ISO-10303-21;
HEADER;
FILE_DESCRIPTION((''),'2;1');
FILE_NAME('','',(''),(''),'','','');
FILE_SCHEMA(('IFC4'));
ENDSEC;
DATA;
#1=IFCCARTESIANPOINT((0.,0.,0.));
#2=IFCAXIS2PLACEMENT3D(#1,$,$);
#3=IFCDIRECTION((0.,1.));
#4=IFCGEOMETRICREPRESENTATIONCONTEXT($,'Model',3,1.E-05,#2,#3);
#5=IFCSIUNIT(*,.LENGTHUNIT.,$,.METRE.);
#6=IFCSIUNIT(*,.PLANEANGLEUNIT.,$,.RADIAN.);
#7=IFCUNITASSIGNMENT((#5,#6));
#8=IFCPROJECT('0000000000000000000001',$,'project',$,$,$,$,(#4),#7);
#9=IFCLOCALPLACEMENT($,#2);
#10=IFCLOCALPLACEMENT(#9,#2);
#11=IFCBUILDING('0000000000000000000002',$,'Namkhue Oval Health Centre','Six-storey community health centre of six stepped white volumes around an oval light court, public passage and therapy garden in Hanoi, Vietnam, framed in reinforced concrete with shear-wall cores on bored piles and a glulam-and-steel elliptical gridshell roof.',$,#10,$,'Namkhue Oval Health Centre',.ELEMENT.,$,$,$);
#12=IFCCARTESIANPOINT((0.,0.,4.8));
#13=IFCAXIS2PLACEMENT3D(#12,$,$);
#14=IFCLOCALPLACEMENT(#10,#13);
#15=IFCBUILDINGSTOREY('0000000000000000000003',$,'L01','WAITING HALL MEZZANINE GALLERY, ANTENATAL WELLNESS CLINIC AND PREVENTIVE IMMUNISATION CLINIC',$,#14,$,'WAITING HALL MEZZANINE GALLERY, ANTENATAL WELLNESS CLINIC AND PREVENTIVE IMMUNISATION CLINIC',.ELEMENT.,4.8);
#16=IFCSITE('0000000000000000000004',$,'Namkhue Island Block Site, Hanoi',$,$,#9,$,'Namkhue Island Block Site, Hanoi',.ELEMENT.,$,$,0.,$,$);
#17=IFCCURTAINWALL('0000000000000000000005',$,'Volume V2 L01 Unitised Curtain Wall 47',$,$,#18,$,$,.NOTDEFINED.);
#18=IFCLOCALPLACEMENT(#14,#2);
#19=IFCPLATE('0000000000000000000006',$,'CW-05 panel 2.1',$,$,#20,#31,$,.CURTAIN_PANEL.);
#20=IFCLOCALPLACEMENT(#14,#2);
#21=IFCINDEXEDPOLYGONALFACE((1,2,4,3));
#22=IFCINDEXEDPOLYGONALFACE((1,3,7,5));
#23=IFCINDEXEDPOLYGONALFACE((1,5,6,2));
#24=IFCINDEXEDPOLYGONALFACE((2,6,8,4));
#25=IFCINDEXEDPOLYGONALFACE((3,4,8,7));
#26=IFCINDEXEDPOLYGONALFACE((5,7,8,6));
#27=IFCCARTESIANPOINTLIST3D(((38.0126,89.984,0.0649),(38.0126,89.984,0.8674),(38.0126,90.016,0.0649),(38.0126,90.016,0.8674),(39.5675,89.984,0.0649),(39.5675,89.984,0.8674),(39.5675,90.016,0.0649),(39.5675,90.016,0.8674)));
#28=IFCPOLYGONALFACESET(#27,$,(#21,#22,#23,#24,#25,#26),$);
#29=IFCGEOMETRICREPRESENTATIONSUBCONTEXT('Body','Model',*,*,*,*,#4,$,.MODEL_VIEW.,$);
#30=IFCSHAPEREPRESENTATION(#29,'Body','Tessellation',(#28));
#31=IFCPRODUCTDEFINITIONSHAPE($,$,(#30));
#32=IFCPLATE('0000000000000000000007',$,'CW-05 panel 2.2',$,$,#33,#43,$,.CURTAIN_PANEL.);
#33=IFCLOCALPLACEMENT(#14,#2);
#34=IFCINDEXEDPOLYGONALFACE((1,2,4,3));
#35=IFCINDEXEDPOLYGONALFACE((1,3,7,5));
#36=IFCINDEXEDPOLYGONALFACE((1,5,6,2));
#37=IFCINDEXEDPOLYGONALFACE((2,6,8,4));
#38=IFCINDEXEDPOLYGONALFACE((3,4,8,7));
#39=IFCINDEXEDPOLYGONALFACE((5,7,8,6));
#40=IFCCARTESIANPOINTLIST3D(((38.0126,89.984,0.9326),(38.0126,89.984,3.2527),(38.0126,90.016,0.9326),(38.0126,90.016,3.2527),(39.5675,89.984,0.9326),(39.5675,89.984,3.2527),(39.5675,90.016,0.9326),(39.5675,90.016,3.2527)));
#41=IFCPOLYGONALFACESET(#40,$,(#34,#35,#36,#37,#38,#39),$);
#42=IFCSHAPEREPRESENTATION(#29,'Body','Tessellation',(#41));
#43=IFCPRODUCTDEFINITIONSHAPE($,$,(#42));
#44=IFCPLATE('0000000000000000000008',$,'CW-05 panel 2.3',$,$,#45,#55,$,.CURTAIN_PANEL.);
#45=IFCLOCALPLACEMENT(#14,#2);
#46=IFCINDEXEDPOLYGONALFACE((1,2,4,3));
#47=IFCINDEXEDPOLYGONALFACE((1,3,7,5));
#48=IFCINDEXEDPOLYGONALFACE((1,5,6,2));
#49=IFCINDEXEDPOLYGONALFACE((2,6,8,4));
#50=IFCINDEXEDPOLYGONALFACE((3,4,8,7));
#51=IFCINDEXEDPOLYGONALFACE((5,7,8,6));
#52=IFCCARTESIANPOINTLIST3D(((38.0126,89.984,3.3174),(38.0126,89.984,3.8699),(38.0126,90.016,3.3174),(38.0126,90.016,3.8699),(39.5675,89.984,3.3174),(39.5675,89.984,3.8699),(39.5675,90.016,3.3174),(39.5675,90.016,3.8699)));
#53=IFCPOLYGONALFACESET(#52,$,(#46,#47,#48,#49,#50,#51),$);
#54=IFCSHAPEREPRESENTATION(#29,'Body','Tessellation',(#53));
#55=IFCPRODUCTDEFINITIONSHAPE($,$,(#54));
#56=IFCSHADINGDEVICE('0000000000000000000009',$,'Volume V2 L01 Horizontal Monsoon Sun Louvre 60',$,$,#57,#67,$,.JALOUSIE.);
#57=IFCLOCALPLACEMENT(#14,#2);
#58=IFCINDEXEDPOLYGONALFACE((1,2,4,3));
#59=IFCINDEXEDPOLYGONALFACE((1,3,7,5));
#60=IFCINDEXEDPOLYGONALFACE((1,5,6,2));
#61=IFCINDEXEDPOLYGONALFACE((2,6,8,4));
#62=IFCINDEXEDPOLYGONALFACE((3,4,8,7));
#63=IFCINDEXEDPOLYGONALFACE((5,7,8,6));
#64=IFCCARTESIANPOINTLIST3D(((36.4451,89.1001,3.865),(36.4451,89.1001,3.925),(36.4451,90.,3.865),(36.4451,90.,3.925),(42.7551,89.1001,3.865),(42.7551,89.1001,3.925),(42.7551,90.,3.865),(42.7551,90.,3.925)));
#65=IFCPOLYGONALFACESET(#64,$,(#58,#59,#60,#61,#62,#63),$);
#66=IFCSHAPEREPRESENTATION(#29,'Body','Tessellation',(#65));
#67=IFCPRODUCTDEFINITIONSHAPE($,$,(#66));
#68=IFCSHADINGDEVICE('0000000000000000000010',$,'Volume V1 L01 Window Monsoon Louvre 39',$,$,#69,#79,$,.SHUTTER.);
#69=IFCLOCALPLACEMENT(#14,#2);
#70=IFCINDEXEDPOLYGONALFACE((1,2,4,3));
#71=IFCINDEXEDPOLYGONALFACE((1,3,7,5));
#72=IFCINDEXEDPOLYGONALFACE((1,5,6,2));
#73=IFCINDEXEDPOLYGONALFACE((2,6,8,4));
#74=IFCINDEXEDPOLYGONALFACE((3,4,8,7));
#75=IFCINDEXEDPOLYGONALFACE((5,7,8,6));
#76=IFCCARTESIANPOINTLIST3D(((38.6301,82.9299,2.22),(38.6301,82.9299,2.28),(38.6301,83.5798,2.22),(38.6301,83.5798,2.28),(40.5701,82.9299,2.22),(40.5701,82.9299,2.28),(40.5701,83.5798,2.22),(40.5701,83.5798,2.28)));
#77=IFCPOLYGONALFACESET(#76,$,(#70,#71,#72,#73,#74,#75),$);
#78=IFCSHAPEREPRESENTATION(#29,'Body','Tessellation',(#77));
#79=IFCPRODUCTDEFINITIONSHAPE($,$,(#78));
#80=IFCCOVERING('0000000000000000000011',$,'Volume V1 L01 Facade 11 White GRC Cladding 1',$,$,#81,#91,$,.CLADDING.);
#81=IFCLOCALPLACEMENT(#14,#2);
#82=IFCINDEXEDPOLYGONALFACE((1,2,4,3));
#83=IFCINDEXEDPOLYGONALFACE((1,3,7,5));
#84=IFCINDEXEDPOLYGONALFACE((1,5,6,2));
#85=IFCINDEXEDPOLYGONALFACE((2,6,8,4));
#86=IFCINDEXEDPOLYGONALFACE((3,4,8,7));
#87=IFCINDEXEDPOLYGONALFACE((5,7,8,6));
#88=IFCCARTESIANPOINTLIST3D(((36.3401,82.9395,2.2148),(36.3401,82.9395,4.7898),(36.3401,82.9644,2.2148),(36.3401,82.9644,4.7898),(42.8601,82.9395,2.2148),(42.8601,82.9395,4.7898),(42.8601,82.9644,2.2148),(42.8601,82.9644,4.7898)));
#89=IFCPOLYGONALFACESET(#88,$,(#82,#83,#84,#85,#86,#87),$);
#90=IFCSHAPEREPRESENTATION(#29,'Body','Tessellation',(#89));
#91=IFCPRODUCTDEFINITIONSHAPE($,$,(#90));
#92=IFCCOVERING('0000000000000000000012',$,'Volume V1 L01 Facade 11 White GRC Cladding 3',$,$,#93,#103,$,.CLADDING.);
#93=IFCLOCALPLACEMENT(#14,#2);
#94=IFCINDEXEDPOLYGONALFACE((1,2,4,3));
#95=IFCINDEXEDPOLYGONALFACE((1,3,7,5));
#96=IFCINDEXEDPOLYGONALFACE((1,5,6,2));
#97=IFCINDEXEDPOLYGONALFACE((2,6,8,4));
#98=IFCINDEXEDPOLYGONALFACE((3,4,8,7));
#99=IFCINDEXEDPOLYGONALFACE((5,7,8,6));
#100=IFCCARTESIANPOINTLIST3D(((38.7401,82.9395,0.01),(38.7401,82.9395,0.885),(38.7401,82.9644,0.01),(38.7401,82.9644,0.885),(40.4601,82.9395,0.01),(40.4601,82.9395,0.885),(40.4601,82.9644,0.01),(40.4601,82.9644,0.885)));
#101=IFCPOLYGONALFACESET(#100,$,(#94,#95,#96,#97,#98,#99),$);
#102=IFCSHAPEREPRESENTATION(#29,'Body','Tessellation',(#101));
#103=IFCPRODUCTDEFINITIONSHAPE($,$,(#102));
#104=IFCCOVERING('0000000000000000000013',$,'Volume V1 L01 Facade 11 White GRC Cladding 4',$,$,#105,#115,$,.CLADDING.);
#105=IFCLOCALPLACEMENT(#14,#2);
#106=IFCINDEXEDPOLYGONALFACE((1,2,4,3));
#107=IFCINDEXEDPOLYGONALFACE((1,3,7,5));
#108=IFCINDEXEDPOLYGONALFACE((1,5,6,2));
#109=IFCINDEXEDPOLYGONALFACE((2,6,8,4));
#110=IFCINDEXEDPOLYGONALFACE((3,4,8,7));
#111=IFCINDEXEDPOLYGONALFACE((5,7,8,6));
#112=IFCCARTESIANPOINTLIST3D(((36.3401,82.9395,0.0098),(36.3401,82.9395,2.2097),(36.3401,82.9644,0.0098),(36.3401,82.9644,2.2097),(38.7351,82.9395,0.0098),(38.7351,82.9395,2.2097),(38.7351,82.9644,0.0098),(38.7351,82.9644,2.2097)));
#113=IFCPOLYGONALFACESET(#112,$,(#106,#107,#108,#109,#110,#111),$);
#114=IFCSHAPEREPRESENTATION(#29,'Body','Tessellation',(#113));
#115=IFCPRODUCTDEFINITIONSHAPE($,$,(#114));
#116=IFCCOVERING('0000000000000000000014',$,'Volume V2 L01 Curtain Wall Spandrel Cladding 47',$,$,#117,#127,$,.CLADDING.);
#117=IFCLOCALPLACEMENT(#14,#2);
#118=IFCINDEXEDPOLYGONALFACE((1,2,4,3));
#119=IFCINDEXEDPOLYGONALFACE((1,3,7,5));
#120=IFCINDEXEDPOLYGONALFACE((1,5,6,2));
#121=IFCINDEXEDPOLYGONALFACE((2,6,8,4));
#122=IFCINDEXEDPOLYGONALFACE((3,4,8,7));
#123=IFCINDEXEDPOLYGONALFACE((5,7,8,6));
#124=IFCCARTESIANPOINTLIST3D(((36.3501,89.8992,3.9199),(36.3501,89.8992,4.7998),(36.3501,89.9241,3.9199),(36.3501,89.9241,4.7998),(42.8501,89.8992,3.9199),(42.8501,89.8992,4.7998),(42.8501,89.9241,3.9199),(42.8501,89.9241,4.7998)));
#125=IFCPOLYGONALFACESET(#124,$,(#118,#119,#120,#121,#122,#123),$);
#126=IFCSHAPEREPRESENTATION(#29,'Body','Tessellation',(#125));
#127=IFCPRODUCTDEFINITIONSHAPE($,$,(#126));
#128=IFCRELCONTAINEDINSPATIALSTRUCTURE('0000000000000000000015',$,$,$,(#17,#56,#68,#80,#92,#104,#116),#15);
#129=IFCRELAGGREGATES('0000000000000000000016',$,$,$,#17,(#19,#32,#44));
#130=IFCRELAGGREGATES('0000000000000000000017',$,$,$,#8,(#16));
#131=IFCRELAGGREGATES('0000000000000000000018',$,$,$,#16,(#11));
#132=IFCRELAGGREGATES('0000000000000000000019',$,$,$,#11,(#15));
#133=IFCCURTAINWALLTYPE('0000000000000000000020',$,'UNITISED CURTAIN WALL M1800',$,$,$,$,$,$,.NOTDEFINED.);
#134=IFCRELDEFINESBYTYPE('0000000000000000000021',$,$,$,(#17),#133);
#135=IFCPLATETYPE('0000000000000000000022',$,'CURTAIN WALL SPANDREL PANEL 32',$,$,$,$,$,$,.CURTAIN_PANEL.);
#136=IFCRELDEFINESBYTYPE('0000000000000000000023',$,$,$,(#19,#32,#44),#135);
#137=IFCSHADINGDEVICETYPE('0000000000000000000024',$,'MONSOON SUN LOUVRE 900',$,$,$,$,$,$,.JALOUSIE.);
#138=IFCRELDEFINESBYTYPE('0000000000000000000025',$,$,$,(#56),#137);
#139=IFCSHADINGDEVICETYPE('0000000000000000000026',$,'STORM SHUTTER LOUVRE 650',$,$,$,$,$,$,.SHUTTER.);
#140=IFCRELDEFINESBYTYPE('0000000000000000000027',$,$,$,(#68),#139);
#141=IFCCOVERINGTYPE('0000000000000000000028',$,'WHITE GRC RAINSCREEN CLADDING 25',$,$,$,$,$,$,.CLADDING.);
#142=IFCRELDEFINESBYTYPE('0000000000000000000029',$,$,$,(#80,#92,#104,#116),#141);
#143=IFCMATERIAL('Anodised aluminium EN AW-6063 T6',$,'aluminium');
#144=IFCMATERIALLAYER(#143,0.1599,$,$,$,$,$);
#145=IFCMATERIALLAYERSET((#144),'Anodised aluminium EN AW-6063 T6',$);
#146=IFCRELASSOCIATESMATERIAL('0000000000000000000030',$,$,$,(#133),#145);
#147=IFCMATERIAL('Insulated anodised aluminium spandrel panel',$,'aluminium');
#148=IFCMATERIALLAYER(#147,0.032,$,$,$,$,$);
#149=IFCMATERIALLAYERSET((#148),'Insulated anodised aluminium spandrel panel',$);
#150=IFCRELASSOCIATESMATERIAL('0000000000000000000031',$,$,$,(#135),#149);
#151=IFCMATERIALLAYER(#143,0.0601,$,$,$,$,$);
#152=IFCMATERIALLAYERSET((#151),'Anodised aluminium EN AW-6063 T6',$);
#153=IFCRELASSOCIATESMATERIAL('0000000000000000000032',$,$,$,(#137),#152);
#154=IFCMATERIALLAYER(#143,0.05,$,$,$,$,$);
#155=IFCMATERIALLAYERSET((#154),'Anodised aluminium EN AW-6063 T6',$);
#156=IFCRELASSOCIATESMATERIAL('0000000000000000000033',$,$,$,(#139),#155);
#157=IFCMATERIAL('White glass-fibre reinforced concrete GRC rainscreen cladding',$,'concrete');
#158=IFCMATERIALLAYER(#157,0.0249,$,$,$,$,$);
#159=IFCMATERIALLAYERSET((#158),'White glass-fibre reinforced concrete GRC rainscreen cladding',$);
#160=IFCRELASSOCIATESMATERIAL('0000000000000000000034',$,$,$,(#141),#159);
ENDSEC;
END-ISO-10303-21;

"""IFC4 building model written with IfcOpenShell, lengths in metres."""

from ifc_helpers import new_model, si_unit, direction, frame, origin, origin_2d, place, context, subcontext, project, spatial, rectangle, extrude, material, layer, layer_set, type_object, element, aggregate, save


model = new_model("IFC4")

# Units and contexts
model_context = context("Model", 3, precision=1e-05, world=origin(), true_north=direction((0.0, 1.0)))
body_context = subcontext(model_context, "Body", "Model", "MODEL_VIEW")
ifc_project = project(units=[si_unit("LENGTHUNIT", "METRE"), si_unit("PLANEANGLEUNIT", "RADIAN")], contexts=[model_context])

# Site, building, storey
site_placement = place(None, origin())
site = spatial("IfcSite", under=ifc_project, at=site_placement, Name="Namkhue Island Block Site, Hanoi", LongName="Namkhue Island Block Site, Hanoi", CompositionType="ELEMENT", RefElevation=0.0)
building_placement = place(site_placement, origin())
building = spatial("IfcBuilding", under=site, at=building_placement, Name="Namkhue Oval Health Centre", Description="Six-storey community health centre of six stepped white volumes around an oval light court, public passage and therapy garden in Hanoi, Vietnam, framed in reinforced concrete with shear-wall cores on bored piles and a glulam-and-steel elliptical gridshell roof.", LongName="Namkhue Oval Health Centre", CompositionType="ELEMENT")
storey_placement = place(building_placement, frame((0.0, 0.0, 4.8)))
storey = spatial("IfcBuildingStorey", under=building, at=storey_placement, Name="L01", Description="WAITING HALL MEZZANINE GALLERY, ANTENATAL WELLNESS CLINIC AND PREVENTIVE IMMUNISATION CLINIC", LongName="WAITING HALL MEZZANINE GALLERY, ANTENATAL WELLNESS CLINIC AND PREVENTIVE IMMUNISATION CLINIC", CompositionType="ELEMENT", Elevation=4.8)

# Curtain wall, plates
ifc_material_1 = material(Name="Anodised aluminium EN AW-6063 T6", Category="aluminium")
ifc_layer_1 = layer(ifc_material_1, 0.1599)
ifc_layer_set_1 = layer_set([ifc_layer_1], Name="Anodised aluminium EN AW-6063 T6")
curtain_wall_type = type_object("IfcCurtainWallType", Name="UNITISED CURTAIN WALL M1800", PredefinedType="NOTDEFINED", material=ifc_layer_set_1)
curtain_wall_placement = place(storey_placement, origin())
curtain_wall = element("IfcCurtainWall", 1, at=curtain_wall_placement, inside=storey, type_object=curtain_wall_type, Name="Volume V2 L01 Unitised Curtain Wall 47", PredefinedType="NOTDEFINED")
ifc_material_2 = material(Name="Insulated anodised aluminium spandrel panel", Category="aluminium")
ifc_layer_2 = layer(ifc_material_2, 0.032)
ifc_layer_set_2 = layer_set([ifc_layer_2], Name="Insulated anodised aluminium spandrel panel")
plate_type = type_object("IfcPlateType", Name="CURTAIN WALL SPANDREL PANEL 32", PredefinedType="CURTAIN_PANEL", material=ifc_layer_set_2)
plate_1_placement = place(storey_placement, frame((38.79, 90.0, 0.0649), z_axis=(0.0, 0.0, 1.0), x_axis=(1.0, 0.0, 0.0)))
plate_1 = element("IfcPlate", 2, at=plate_1_placement, type_object=plate_type, Name="CW-05 panel 2.1", PredefinedType="CURTAIN_PANEL", context=body_context, shape_type="SweptSolid", body=[
    extrude(rectangle(XDim=1.5549, YDim=0.032, at=origin_2d()), origin(), (0.0, 0.0, 1.0), 0.8025),
])
plate_2_placement = place(storey_placement, frame((38.79, 90.0, 0.9326), z_axis=(0.0, 0.0, 1.0), x_axis=(1.0, 0.0, 0.0)))
plate_2 = element("IfcPlate", 3, at=plate_2_placement, type_object=plate_type, Name="CW-05 panel 2.2", PredefinedType="CURTAIN_PANEL", context=body_context, shape_type="SweptSolid", body=[
    extrude(rectangle(XDim=1.5549, YDim=0.032, at=origin_2d()), origin(), (0.0, 0.0, 1.0), 2.3201),
])
plate_3_placement = place(storey_placement, frame((38.79, 90.0, 3.3174), z_axis=(0.0, 0.0, 1.0), x_axis=(1.0, 0.0, 0.0)))
plate_3 = element("IfcPlate", 4, at=plate_3_placement, type_object=plate_type, Name="CW-05 panel 2.3", PredefinedType="CURTAIN_PANEL", context=body_context, shape_type="SweptSolid", body=[
    extrude(rectangle(XDim=1.5549, YDim=0.032, at=origin_2d()), origin(), (0.0, 0.0, 1.0), 0.5525),
])
aggregate(curtain_wall, [plate_1, plate_2, plate_3])

# Shading devices
ifc_layer_3 = layer(ifc_material_1, 0.0601)
ifc_layer_set_3 = layer_set([ifc_layer_3], Name="Anodised aluminium EN AW-6063 T6")
shading_device_type_1 = type_object("IfcShadingDeviceType", Name="MONSOON SUN LOUVRE 900", PredefinedType="JALOUSIE", material=ifc_layer_set_3)
shading_device_1_placement = place(storey_placement, frame((39.6001, 89.55, 3.865), z_axis=(0.0, 0.0, 1.0), x_axis=(1.0, 0.0, 0.0)))
element("IfcShadingDevice", 5, at=shading_device_1_placement, inside=storey, type_object=shading_device_type_1, Name="Volume V2 L01 Horizontal Monsoon Sun Louvre 60", PredefinedType="JALOUSIE", context=body_context, shape_type="SweptSolid", body=[
    extrude(rectangle(XDim=6.3101, YDim=0.8999, at=origin_2d()), origin(), (0.0, 0.0, 1.0), 0.0601),
])
ifc_layer_4 = layer(ifc_material_1, 0.05)
ifc_layer_set_4 = layer_set([ifc_layer_4], Name="Anodised aluminium EN AW-6063 T6")
shading_device_type_2 = type_object("IfcShadingDeviceType", Name="STORM SHUTTER LOUVRE 650", PredefinedType="SHUTTER", material=ifc_layer_set_4)
shading_device_2_placement = place(storey_placement, frame((39.6001, 83.2549, 2.22), z_axis=(0.0, 0.0, 1.0), x_axis=(-1.0, 0.0, 0.0)))
element("IfcShadingDevice", 6, at=shading_device_2_placement, inside=storey, type_object=shading_device_type_2, Name="Volume V1 L01 Window Monsoon Louvre 39", PredefinedType="SHUTTER", context=body_context, shape_type="SweptSolid", body=[
    extrude(rectangle(XDim=1.9399, YDim=0.6499, at=origin_2d()), origin(), (0.0, 0.0, 1.0), 0.0601),
])

# Coverings
ifc_material_3 = material(Name="White glass-fibre reinforced concrete GRC rainscreen cladding", Category="concrete")
ifc_layer_5 = layer(ifc_material_3, 0.0249)
ifc_layer_set_5 = layer_set([ifc_layer_5], Name="White glass-fibre reinforced concrete GRC rainscreen cladding")
covering_type = type_object("IfcCoveringType", Name="WHITE GRC RAINSCREEN CLADDING 25", PredefinedType="CLADDING", material=ifc_layer_set_5)
covering_1_placement = place(storey_placement, frame((39.6001, 82.9519, 2.2148), z_axis=(0.0, 0.0, 1.0), x_axis=(-1.0, 0.0, 0.0)))
element("IfcCovering", 7, at=covering_1_placement, inside=storey, type_object=covering_type, Name="Volume V1 L01 Facade 11 White GRC Cladding 1", PredefinedType="CLADDING", context=body_context, shape_type="SweptSolid", body=[
    extrude(rectangle(XDim=6.52, YDim=0.0249, at=origin_2d()), origin(), (0.0, 0.0, 1.0), 2.575),
])
covering_2_placement = place(storey_placement, frame((39.6001, 82.9519, 0.01), z_axis=(0.0, 0.0, 1.0), x_axis=(-1.0, 0.0, 0.0)))
element("IfcCovering", 8, at=covering_2_placement, inside=storey, type_object=covering_type, Name="Volume V1 L01 Facade 11 White GRC Cladding 3", PredefinedType="CLADDING", context=body_context, shape_type="SweptSolid", body=[
    extrude(rectangle(XDim=1.72, YDim=0.0249, at=origin_2d()), origin(), (0.0, 0.0, 1.0), 0.875),
])
covering_3_placement = place(storey_placement, frame((37.5376, 82.9519, 0.0098), z_axis=(0.0, 0.0, 1.0), x_axis=(-1.0, 0.0, 0.0)))
element("IfcCovering", 9, at=covering_3_placement, inside=storey, type_object=covering_type, Name="Volume V1 L01 Facade 11 White GRC Cladding 4", PredefinedType="CLADDING", context=body_context, shape_type="SweptSolid", body=[
    extrude(rectangle(XDim=2.395, YDim=0.0249, at=origin_2d()), origin(), (0.0, 0.0, 1.0), 2.2),
])
covering_4_placement = place(storey_placement, frame((39.6001, 89.9116, 3.9199), z_axis=(0.0, 0.0, 1.0), x_axis=(1.0, 0.0, 0.0)))
element("IfcCovering", 10, at=covering_4_placement, inside=storey, type_object=covering_type, Name="Volume V2 L01 Curtain Wall Spandrel Cladding 47", PredefinedType="CLADDING", context=body_context, shape_type="SweptSolid", body=[
    extrude(rectangle(XDim=6.5, YDim=0.0249, at=origin_2d()), origin(), (0.0, 0.0, 1.0), 0.8799),
])

save(model, "model.ifc")
